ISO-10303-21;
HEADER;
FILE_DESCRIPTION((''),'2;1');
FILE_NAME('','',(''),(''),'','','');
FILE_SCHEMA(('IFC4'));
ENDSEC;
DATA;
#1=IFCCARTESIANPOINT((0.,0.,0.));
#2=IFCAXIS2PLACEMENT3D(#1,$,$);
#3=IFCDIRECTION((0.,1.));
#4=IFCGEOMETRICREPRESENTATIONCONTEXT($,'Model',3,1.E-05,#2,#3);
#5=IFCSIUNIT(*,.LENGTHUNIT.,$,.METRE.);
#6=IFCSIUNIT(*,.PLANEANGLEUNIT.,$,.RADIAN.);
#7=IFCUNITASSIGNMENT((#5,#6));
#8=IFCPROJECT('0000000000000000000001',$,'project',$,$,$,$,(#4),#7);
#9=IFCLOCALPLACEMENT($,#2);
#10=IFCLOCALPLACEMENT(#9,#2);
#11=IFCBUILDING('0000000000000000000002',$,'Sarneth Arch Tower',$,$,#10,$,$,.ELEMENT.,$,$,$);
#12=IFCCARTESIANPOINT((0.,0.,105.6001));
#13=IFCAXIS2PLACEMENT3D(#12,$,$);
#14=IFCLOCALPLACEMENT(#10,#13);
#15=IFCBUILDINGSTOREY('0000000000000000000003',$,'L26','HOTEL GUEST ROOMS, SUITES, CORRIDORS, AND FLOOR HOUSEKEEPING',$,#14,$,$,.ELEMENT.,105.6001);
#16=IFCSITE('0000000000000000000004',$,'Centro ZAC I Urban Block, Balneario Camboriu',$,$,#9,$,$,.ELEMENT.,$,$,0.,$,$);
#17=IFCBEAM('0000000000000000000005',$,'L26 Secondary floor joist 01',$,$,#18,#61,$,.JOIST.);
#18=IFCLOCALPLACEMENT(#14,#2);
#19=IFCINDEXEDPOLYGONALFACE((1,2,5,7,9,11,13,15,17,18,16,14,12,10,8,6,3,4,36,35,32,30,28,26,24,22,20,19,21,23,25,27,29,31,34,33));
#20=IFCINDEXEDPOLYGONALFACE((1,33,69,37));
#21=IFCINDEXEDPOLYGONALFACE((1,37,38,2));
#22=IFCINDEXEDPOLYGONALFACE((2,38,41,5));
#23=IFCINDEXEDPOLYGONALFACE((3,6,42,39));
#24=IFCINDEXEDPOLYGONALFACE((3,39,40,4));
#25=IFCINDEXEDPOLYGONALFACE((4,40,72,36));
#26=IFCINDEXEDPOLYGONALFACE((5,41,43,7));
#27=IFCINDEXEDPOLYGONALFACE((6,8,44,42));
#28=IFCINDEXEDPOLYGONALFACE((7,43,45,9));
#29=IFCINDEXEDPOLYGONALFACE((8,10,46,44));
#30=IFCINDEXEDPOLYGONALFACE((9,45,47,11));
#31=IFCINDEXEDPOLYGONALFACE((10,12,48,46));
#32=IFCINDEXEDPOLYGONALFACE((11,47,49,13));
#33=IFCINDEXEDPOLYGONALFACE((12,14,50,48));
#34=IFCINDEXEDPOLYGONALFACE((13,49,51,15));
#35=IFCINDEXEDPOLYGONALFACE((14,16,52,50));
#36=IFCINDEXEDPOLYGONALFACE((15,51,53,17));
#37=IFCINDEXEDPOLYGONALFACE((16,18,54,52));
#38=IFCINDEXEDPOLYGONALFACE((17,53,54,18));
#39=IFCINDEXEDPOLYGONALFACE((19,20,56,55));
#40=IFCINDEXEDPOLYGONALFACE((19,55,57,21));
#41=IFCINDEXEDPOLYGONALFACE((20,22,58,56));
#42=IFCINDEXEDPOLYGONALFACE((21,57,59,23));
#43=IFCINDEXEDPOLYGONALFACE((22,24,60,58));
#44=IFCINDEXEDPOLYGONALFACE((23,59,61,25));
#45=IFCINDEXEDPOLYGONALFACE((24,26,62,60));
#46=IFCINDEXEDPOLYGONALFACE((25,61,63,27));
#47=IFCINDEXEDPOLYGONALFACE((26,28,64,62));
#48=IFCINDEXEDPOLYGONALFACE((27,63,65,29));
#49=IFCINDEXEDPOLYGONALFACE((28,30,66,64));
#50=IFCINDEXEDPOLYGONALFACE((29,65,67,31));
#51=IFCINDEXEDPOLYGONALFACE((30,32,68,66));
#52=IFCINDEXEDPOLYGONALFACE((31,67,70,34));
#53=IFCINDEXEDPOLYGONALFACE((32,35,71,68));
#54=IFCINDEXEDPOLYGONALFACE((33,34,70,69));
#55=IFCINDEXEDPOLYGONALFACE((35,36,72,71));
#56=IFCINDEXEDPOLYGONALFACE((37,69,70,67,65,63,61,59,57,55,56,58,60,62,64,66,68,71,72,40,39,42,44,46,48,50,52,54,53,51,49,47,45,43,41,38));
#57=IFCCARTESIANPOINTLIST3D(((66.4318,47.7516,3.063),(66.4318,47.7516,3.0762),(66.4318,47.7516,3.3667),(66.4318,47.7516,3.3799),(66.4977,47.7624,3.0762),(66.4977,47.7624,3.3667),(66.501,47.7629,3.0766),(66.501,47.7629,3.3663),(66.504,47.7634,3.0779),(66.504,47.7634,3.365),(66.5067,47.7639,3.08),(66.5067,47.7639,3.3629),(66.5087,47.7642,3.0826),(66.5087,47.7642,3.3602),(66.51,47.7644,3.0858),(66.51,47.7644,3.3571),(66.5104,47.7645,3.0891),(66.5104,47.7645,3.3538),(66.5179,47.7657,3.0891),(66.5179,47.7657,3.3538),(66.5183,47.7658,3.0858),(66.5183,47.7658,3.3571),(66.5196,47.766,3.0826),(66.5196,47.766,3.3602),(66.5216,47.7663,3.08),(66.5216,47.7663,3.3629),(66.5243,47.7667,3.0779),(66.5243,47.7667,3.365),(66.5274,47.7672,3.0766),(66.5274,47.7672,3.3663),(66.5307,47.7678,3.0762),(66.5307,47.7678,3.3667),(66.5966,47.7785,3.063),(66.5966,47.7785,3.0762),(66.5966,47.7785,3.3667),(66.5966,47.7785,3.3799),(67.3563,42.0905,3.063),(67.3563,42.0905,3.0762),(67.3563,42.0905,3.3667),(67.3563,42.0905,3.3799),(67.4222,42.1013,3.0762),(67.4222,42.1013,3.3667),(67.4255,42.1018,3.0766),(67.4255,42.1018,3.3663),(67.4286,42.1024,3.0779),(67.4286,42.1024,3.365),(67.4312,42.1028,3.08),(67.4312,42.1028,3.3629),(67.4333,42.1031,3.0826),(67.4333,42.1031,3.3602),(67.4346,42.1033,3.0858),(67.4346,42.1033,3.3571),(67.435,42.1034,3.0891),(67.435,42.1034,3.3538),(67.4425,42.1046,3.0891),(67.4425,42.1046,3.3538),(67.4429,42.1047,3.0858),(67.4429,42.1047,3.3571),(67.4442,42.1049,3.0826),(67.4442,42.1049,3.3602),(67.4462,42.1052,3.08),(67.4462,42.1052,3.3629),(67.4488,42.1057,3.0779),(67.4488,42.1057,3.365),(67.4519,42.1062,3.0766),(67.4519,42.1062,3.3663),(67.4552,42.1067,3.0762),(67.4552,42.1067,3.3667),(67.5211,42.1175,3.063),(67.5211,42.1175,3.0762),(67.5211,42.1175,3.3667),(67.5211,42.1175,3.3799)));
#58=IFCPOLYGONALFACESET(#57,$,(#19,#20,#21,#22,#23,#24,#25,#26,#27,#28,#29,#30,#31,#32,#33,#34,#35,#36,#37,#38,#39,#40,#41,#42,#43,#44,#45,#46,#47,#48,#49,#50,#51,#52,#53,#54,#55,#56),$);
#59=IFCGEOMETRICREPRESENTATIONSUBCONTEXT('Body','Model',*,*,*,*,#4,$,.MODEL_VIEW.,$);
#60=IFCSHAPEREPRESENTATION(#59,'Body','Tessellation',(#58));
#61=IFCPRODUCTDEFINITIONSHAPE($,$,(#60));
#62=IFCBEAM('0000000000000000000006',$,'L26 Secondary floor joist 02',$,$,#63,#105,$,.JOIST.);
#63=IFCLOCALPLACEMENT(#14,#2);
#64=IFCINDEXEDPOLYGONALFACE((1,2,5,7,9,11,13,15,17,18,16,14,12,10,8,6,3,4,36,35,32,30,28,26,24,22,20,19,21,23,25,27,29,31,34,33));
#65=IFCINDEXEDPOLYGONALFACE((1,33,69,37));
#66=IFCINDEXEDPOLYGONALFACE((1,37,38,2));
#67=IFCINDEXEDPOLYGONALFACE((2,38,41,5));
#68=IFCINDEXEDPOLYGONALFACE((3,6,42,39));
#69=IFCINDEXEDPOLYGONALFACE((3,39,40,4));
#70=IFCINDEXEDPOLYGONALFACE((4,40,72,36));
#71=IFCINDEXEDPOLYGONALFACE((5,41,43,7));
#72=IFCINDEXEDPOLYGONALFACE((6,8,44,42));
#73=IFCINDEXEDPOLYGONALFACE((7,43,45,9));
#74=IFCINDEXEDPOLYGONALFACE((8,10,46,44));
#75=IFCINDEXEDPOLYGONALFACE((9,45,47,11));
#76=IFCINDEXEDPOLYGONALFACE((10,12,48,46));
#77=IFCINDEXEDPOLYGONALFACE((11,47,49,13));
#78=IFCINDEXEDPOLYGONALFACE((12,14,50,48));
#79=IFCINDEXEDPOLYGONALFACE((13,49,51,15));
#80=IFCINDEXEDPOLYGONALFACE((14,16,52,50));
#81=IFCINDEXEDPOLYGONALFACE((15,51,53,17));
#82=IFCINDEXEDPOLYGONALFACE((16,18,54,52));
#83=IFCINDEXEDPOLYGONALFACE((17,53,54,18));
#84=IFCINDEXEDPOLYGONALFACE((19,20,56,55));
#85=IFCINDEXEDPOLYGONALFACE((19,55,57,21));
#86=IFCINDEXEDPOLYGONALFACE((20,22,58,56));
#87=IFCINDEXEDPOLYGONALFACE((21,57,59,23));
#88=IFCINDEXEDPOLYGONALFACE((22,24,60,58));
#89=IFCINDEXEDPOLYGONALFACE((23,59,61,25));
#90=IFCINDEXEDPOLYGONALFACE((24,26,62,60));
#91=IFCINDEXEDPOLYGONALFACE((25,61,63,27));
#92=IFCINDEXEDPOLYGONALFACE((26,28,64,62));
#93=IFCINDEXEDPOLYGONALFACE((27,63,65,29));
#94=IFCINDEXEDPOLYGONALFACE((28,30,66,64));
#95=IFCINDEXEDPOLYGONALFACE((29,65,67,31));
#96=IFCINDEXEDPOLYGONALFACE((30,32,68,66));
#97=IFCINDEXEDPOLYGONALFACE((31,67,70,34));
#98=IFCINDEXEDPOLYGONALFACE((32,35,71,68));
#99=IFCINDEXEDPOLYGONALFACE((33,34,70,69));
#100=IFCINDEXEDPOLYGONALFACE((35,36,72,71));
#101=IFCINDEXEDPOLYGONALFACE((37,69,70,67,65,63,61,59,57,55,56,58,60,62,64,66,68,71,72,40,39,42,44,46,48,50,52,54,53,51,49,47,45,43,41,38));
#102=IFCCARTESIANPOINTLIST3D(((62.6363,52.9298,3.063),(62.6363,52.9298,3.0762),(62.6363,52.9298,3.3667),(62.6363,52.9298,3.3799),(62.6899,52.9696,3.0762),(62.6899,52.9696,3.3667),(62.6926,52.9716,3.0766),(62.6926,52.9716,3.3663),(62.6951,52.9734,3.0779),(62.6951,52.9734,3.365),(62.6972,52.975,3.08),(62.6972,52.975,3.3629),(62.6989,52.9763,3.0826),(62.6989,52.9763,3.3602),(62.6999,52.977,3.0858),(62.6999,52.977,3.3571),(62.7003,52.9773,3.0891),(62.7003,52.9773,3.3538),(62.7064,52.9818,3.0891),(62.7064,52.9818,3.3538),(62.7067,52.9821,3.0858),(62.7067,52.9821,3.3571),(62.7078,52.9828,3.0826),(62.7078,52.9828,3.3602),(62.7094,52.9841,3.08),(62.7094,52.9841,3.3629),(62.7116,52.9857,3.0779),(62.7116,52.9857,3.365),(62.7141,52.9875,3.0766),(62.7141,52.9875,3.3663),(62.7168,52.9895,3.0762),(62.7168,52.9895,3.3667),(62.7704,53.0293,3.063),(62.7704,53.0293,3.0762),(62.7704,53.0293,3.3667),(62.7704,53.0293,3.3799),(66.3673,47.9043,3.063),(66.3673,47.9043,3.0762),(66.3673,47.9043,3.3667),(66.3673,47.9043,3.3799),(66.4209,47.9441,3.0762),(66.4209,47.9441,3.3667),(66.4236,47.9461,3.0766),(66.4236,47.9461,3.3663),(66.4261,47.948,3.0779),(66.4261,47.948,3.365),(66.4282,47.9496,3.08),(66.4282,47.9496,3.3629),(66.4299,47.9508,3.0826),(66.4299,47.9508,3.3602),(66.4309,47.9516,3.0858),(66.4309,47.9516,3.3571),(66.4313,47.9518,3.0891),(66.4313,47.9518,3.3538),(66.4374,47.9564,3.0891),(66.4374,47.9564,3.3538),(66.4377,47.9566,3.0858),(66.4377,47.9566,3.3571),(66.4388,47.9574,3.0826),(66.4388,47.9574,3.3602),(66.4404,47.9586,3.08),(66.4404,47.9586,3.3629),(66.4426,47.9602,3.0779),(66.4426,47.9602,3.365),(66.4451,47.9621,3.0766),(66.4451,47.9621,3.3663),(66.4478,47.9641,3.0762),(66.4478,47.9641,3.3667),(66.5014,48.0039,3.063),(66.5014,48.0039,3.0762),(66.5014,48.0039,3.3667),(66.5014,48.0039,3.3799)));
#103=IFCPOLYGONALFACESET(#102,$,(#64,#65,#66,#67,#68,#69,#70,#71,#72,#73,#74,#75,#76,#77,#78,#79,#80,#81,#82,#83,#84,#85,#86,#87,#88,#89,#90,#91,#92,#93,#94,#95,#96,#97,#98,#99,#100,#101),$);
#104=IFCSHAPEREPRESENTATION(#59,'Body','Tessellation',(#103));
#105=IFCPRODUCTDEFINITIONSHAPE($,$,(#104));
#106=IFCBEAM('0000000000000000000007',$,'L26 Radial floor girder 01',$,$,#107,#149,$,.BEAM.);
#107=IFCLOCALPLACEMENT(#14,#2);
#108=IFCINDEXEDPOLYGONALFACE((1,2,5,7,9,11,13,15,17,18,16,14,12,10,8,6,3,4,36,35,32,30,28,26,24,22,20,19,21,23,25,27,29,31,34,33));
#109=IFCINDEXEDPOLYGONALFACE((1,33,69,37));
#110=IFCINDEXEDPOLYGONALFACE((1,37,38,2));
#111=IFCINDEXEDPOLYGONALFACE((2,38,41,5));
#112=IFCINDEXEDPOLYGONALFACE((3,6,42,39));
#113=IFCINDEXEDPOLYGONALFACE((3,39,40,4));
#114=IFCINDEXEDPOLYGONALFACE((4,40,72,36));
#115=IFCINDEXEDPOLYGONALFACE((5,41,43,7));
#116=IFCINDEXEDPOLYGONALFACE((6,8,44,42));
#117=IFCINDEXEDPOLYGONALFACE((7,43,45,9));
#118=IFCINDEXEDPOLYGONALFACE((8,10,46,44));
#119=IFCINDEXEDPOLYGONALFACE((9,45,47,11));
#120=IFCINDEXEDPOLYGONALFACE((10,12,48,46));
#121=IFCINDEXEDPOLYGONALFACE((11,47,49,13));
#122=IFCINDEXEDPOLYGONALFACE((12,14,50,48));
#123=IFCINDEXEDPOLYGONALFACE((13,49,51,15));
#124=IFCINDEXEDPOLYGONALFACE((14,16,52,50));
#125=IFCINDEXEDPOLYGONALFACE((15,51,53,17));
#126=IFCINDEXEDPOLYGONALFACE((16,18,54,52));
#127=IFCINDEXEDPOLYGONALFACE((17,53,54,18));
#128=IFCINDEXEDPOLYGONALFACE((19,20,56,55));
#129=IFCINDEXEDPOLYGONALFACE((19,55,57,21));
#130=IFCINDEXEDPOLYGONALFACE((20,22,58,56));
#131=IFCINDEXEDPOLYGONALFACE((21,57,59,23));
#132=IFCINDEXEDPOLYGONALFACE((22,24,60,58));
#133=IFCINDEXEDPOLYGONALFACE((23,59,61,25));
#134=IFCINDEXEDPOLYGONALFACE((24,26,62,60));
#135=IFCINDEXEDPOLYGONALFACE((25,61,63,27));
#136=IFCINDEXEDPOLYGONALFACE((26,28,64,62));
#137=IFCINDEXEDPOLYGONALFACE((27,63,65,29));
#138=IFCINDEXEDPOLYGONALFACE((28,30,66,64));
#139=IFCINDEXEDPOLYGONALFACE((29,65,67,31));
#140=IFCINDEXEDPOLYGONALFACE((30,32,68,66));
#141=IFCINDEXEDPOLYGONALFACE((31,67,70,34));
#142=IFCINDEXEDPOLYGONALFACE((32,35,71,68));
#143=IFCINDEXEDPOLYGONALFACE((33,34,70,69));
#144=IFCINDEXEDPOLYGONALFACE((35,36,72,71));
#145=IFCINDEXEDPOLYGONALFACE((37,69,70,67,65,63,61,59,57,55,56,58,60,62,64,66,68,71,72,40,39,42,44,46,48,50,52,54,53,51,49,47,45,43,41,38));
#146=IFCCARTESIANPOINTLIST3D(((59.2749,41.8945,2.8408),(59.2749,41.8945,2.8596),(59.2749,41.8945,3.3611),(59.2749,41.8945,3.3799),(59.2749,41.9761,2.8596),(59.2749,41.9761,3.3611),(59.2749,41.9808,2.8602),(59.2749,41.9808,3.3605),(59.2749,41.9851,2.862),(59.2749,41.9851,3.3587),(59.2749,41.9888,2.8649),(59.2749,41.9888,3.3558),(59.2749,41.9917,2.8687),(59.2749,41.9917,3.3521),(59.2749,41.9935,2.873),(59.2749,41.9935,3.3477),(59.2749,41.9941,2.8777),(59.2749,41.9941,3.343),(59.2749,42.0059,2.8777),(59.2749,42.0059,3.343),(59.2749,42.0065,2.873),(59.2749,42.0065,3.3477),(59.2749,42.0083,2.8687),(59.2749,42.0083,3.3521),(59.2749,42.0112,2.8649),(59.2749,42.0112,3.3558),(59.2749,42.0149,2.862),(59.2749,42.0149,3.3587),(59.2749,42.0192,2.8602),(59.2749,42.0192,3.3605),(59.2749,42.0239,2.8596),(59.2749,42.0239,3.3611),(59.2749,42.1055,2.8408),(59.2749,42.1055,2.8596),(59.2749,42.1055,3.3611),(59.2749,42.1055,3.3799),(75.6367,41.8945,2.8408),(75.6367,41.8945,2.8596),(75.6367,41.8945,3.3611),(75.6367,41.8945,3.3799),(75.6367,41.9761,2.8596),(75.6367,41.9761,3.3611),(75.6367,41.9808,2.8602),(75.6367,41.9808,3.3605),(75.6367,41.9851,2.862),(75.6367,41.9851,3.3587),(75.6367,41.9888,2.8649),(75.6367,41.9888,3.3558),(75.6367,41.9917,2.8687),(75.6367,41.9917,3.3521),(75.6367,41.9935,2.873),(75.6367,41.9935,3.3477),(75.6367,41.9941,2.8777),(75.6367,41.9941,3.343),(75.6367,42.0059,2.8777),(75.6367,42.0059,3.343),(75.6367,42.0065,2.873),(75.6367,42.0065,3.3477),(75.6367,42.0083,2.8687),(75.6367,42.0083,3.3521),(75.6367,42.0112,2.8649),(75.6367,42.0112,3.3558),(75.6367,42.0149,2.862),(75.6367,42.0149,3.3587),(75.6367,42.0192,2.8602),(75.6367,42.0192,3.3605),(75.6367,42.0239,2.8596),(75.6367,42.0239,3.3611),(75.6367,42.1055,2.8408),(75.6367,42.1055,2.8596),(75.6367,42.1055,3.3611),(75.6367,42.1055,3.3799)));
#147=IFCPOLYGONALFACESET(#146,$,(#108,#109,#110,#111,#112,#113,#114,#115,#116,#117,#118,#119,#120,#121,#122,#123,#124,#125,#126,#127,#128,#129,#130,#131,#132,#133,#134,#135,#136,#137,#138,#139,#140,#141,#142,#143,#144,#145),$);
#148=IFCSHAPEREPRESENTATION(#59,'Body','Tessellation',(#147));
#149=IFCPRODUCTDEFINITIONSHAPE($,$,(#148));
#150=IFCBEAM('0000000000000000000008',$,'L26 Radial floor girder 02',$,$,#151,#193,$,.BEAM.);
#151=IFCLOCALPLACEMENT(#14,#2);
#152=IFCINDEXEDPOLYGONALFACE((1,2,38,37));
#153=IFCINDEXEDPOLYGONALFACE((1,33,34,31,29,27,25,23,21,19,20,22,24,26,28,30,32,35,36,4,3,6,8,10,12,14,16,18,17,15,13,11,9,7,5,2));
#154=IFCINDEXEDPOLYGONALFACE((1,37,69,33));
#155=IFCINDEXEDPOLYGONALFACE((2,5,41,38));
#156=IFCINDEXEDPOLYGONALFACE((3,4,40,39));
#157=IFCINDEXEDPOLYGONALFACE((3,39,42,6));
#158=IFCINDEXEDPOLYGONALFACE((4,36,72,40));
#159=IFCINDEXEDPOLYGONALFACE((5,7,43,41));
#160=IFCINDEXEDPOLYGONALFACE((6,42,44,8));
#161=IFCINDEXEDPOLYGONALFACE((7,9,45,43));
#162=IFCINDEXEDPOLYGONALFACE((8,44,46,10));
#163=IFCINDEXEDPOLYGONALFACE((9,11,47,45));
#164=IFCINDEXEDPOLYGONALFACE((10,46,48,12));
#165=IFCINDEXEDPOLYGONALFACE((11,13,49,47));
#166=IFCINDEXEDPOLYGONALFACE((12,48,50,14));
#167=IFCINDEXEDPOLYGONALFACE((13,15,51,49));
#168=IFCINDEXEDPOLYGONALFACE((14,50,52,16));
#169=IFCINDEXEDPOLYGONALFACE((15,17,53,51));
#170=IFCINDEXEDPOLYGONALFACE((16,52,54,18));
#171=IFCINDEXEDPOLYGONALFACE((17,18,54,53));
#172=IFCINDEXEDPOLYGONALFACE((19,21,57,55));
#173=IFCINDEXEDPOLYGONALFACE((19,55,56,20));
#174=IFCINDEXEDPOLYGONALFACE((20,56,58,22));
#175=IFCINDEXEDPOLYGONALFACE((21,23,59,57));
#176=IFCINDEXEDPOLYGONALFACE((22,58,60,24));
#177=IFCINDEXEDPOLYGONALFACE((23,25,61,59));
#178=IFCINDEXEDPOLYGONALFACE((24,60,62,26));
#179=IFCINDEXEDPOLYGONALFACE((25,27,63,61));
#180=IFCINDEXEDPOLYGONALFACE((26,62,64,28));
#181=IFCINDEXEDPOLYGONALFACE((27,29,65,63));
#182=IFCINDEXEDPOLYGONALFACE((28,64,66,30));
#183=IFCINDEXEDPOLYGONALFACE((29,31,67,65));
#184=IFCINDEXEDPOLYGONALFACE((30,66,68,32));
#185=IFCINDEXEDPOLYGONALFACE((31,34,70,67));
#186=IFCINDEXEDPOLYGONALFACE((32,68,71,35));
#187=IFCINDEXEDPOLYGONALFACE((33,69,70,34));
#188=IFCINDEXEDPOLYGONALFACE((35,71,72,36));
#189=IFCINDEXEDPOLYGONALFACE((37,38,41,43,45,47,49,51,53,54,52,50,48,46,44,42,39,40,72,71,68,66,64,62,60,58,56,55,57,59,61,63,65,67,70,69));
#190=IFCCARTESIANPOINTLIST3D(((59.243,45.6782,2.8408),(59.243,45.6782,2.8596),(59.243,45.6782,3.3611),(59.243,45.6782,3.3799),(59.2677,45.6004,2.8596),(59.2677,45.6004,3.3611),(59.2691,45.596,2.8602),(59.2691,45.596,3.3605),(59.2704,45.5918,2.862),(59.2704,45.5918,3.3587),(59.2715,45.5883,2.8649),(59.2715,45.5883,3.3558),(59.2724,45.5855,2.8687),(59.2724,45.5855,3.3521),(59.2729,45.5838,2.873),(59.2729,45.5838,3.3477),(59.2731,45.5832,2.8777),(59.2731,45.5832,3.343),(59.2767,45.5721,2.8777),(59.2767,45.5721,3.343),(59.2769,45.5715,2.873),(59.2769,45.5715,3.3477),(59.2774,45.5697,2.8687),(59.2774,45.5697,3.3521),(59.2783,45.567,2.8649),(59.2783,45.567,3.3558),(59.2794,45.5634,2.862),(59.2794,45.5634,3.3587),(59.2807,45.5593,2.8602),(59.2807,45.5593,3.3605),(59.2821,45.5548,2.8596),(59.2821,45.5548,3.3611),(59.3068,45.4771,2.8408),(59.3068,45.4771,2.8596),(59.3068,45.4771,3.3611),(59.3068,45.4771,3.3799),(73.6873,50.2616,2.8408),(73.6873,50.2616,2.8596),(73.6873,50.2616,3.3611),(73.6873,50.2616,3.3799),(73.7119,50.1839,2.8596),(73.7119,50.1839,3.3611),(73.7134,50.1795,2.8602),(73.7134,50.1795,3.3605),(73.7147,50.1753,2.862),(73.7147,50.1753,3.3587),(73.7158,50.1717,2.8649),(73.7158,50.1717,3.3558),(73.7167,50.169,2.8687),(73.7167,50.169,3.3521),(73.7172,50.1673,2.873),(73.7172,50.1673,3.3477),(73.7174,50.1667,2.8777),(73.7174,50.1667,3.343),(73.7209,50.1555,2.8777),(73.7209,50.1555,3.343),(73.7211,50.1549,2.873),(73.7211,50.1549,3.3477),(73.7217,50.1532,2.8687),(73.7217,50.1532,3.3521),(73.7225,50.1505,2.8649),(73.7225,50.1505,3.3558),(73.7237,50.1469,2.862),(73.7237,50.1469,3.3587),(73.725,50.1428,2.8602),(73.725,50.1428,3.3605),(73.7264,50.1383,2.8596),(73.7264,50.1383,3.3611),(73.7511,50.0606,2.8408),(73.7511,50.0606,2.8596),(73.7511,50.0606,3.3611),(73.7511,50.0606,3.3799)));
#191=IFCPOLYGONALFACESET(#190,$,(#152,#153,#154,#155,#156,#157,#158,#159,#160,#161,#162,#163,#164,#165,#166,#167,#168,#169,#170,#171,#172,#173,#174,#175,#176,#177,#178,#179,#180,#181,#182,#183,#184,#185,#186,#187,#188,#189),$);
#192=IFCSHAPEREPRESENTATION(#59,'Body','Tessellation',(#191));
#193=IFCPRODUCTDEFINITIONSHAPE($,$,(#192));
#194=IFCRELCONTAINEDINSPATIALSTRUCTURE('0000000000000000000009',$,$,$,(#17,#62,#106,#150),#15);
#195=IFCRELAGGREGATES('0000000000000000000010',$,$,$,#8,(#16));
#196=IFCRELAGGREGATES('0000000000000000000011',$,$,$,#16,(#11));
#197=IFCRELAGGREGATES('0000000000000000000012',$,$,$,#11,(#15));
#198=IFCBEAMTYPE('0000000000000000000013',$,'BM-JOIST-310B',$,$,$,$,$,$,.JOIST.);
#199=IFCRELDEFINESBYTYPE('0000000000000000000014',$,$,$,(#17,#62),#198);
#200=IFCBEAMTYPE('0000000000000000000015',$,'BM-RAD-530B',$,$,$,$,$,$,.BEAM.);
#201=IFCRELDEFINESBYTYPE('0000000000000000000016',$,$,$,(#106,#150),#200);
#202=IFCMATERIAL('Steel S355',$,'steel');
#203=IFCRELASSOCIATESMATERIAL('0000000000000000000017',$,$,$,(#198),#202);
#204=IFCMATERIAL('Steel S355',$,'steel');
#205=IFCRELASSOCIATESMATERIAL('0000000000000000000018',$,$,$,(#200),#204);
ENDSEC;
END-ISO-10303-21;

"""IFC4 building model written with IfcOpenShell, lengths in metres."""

from ifc_helpers import new_model, si_unit, direction, frame, origin, origin_2d, place, context, subcontext, project, spatial, i_section, extrude, material, material_profile, profile_set, type_object, element, save


model = new_model("IFC4")

# Units and contexts
model_context = context("Model", 3, precision=1e-05, world=origin(), true_north=direction((0.0, 1.0)))
body_context = subcontext(model_context, "Body", "Model", "MODEL_VIEW")
ifc_project = project(units=[si_unit("LENGTHUNIT", "METRE"), si_unit("PLANEANGLEUNIT", "RADIAN")], contexts=[model_context])

# Site, building, storey
site_placement = place(None, origin())
site = spatial("IfcSite", under=ifc_project, at=site_placement, Name="Centro ZAC I Urban Block, Balneario Camboriu", CompositionType="ELEMENT", RefElevation=0.0)
building_placement = place(site_placement, origin())
building = spatial("IfcBuilding", under=site, at=building_placement, Name="Sarneth Arch Tower", CompositionType="ELEMENT")
storey_placement = place(building_placement, frame((0.0, 0.0, 105.6001)))
storey = spatial("IfcBuildingStorey", under=building, at=storey_placement, Name="L26", Description="HOTEL GUEST ROOMS, SUITES, CORRIDORS, AND FLOOR HOUSEKEEPING", CompositionType="ELEMENT", Elevation=105.6001)

# Beams
ifc_material_1 = material(Name="Steel S355", Category="steel")
ifc_material_profile_1 = material_profile(ifc_material_1, i_section(OverallWidth=0.167, OverallDepth=0.3169, WebThickness=0.0076, FlangeThickness=0.0132, FilletRadius=0.0129, at=origin_2d()), Name="W310x52")
ifc_profile_set_1 = profile_set([ifc_material_profile_1], Name="Steel S355")
beam_type_1 = type_object("IfcBeamType", Name="BM-JOIST-310B", PredefinedType="JOIST", material=ifc_profile_set_1)
beam_1_placement = place(storey_placement, frame((67.4387, 42.104, 3.2214), z_axis=(-0.161182, 0.986925, 0.0), x_axis=(-0.986925, -0.161182, 0.0)))
element("IfcBeam", 1, at=beam_1_placement, inside=storey, type_object=beam_type_1, Name="L26 Secondary floor joist 01", PredefinedType="JOIST", context=body_context, shape_type="SweptSolid", body=[
    extrude(i_section(OverallWidth=0.167, OverallDepth=0.3169, WebThickness=0.0076, FlangeThickness=0.0132, FilletRadius=0.0129, at=origin_2d()), origin(), (0.0, 0.0, 1.0), 5.7361),
])
beam_2_placement = place(storey_placement, frame((66.4343, 47.9541, 3.2214), z_axis=(-0.596098, 0.802911, 0.0), x_axis=(-0.802911, -0.596098, 0.0)))
element("IfcBeam", 2, at=beam_2_placement, inside=storey, type_object=beam_type_1, Name="L26 Secondary floor joist 02", PredefinedType="JOIST", context=body_context, shape_type="SweptSolid", body=[
    extrude(i_section(OverallWidth=0.167, OverallDepth=0.3169, WebThickness=0.0076, FlangeThickness=0.0132, FilletRadius=0.0129, at=origin_2d()), origin(), (0.0, 0.0, 1.0), 6.259),
])
ifc_material_2 = material(Name="Steel S355", Category="steel")
ifc_material_profile_2 = material_profile(ifc_material_2, i_section(OverallWidth=0.2109, OverallDepth=0.5391, WebThickness=0.0117, FlangeThickness=0.0188, FilletRadius=0.0181, at=origin_2d()), Name="W530x109")
ifc_profile_set_2 = profile_set([ifc_material_profile_2], Name="Steel S355")
beam_type_2 = type_object("IfcBeamType", Name="BM-RAD-530B", PredefinedType="BEAM", material=ifc_profile_set_2)
beam_3_placement = place(storey_placement, frame((59.2749, 42.0, 3.1104), z_axis=(1.0, 0.0, 0.0), x_axis=(0.0, 1.0, 0.0)))
element("IfcBeam", 3, at=beam_3_placement, inside=storey, type_object=beam_type_2, Name="L26 Radial floor girder 01", PredefinedType="BEAM", context=body_context, shape_type="SweptSolid", body=[
    extrude(i_section(OverallWidth=0.2109, OverallDepth=0.5391, WebThickness=0.0117, FlangeThickness=0.0188, FilletRadius=0.0181, at=origin_2d()), origin(), (0.0, 0.0, 1.0), 16.3618),
])
beam_4_placement = place(storey_placement, frame((59.2749, 45.5776, 3.1104), z_axis=(0.953162, 0.302459, 0.0), x_axis=(-0.302459, 0.953162, 0.0)))
element("IfcBeam", 4, at=beam_4_placement, inside=storey, type_object=beam_type_2, Name="L26 Radial floor girder 02", PredefinedType="BEAM", context=body_context, shape_type="SweptSolid", body=[
    extrude(i_section(OverallWidth=0.2109, OverallDepth=0.5391, WebThickness=0.0117, FlangeThickness=0.0188, FilletRadius=0.0181, at=origin_2d()), origin(), (0.0, 0.0, 1.0), 15.1541),
])

save(model, "model.ifc")
